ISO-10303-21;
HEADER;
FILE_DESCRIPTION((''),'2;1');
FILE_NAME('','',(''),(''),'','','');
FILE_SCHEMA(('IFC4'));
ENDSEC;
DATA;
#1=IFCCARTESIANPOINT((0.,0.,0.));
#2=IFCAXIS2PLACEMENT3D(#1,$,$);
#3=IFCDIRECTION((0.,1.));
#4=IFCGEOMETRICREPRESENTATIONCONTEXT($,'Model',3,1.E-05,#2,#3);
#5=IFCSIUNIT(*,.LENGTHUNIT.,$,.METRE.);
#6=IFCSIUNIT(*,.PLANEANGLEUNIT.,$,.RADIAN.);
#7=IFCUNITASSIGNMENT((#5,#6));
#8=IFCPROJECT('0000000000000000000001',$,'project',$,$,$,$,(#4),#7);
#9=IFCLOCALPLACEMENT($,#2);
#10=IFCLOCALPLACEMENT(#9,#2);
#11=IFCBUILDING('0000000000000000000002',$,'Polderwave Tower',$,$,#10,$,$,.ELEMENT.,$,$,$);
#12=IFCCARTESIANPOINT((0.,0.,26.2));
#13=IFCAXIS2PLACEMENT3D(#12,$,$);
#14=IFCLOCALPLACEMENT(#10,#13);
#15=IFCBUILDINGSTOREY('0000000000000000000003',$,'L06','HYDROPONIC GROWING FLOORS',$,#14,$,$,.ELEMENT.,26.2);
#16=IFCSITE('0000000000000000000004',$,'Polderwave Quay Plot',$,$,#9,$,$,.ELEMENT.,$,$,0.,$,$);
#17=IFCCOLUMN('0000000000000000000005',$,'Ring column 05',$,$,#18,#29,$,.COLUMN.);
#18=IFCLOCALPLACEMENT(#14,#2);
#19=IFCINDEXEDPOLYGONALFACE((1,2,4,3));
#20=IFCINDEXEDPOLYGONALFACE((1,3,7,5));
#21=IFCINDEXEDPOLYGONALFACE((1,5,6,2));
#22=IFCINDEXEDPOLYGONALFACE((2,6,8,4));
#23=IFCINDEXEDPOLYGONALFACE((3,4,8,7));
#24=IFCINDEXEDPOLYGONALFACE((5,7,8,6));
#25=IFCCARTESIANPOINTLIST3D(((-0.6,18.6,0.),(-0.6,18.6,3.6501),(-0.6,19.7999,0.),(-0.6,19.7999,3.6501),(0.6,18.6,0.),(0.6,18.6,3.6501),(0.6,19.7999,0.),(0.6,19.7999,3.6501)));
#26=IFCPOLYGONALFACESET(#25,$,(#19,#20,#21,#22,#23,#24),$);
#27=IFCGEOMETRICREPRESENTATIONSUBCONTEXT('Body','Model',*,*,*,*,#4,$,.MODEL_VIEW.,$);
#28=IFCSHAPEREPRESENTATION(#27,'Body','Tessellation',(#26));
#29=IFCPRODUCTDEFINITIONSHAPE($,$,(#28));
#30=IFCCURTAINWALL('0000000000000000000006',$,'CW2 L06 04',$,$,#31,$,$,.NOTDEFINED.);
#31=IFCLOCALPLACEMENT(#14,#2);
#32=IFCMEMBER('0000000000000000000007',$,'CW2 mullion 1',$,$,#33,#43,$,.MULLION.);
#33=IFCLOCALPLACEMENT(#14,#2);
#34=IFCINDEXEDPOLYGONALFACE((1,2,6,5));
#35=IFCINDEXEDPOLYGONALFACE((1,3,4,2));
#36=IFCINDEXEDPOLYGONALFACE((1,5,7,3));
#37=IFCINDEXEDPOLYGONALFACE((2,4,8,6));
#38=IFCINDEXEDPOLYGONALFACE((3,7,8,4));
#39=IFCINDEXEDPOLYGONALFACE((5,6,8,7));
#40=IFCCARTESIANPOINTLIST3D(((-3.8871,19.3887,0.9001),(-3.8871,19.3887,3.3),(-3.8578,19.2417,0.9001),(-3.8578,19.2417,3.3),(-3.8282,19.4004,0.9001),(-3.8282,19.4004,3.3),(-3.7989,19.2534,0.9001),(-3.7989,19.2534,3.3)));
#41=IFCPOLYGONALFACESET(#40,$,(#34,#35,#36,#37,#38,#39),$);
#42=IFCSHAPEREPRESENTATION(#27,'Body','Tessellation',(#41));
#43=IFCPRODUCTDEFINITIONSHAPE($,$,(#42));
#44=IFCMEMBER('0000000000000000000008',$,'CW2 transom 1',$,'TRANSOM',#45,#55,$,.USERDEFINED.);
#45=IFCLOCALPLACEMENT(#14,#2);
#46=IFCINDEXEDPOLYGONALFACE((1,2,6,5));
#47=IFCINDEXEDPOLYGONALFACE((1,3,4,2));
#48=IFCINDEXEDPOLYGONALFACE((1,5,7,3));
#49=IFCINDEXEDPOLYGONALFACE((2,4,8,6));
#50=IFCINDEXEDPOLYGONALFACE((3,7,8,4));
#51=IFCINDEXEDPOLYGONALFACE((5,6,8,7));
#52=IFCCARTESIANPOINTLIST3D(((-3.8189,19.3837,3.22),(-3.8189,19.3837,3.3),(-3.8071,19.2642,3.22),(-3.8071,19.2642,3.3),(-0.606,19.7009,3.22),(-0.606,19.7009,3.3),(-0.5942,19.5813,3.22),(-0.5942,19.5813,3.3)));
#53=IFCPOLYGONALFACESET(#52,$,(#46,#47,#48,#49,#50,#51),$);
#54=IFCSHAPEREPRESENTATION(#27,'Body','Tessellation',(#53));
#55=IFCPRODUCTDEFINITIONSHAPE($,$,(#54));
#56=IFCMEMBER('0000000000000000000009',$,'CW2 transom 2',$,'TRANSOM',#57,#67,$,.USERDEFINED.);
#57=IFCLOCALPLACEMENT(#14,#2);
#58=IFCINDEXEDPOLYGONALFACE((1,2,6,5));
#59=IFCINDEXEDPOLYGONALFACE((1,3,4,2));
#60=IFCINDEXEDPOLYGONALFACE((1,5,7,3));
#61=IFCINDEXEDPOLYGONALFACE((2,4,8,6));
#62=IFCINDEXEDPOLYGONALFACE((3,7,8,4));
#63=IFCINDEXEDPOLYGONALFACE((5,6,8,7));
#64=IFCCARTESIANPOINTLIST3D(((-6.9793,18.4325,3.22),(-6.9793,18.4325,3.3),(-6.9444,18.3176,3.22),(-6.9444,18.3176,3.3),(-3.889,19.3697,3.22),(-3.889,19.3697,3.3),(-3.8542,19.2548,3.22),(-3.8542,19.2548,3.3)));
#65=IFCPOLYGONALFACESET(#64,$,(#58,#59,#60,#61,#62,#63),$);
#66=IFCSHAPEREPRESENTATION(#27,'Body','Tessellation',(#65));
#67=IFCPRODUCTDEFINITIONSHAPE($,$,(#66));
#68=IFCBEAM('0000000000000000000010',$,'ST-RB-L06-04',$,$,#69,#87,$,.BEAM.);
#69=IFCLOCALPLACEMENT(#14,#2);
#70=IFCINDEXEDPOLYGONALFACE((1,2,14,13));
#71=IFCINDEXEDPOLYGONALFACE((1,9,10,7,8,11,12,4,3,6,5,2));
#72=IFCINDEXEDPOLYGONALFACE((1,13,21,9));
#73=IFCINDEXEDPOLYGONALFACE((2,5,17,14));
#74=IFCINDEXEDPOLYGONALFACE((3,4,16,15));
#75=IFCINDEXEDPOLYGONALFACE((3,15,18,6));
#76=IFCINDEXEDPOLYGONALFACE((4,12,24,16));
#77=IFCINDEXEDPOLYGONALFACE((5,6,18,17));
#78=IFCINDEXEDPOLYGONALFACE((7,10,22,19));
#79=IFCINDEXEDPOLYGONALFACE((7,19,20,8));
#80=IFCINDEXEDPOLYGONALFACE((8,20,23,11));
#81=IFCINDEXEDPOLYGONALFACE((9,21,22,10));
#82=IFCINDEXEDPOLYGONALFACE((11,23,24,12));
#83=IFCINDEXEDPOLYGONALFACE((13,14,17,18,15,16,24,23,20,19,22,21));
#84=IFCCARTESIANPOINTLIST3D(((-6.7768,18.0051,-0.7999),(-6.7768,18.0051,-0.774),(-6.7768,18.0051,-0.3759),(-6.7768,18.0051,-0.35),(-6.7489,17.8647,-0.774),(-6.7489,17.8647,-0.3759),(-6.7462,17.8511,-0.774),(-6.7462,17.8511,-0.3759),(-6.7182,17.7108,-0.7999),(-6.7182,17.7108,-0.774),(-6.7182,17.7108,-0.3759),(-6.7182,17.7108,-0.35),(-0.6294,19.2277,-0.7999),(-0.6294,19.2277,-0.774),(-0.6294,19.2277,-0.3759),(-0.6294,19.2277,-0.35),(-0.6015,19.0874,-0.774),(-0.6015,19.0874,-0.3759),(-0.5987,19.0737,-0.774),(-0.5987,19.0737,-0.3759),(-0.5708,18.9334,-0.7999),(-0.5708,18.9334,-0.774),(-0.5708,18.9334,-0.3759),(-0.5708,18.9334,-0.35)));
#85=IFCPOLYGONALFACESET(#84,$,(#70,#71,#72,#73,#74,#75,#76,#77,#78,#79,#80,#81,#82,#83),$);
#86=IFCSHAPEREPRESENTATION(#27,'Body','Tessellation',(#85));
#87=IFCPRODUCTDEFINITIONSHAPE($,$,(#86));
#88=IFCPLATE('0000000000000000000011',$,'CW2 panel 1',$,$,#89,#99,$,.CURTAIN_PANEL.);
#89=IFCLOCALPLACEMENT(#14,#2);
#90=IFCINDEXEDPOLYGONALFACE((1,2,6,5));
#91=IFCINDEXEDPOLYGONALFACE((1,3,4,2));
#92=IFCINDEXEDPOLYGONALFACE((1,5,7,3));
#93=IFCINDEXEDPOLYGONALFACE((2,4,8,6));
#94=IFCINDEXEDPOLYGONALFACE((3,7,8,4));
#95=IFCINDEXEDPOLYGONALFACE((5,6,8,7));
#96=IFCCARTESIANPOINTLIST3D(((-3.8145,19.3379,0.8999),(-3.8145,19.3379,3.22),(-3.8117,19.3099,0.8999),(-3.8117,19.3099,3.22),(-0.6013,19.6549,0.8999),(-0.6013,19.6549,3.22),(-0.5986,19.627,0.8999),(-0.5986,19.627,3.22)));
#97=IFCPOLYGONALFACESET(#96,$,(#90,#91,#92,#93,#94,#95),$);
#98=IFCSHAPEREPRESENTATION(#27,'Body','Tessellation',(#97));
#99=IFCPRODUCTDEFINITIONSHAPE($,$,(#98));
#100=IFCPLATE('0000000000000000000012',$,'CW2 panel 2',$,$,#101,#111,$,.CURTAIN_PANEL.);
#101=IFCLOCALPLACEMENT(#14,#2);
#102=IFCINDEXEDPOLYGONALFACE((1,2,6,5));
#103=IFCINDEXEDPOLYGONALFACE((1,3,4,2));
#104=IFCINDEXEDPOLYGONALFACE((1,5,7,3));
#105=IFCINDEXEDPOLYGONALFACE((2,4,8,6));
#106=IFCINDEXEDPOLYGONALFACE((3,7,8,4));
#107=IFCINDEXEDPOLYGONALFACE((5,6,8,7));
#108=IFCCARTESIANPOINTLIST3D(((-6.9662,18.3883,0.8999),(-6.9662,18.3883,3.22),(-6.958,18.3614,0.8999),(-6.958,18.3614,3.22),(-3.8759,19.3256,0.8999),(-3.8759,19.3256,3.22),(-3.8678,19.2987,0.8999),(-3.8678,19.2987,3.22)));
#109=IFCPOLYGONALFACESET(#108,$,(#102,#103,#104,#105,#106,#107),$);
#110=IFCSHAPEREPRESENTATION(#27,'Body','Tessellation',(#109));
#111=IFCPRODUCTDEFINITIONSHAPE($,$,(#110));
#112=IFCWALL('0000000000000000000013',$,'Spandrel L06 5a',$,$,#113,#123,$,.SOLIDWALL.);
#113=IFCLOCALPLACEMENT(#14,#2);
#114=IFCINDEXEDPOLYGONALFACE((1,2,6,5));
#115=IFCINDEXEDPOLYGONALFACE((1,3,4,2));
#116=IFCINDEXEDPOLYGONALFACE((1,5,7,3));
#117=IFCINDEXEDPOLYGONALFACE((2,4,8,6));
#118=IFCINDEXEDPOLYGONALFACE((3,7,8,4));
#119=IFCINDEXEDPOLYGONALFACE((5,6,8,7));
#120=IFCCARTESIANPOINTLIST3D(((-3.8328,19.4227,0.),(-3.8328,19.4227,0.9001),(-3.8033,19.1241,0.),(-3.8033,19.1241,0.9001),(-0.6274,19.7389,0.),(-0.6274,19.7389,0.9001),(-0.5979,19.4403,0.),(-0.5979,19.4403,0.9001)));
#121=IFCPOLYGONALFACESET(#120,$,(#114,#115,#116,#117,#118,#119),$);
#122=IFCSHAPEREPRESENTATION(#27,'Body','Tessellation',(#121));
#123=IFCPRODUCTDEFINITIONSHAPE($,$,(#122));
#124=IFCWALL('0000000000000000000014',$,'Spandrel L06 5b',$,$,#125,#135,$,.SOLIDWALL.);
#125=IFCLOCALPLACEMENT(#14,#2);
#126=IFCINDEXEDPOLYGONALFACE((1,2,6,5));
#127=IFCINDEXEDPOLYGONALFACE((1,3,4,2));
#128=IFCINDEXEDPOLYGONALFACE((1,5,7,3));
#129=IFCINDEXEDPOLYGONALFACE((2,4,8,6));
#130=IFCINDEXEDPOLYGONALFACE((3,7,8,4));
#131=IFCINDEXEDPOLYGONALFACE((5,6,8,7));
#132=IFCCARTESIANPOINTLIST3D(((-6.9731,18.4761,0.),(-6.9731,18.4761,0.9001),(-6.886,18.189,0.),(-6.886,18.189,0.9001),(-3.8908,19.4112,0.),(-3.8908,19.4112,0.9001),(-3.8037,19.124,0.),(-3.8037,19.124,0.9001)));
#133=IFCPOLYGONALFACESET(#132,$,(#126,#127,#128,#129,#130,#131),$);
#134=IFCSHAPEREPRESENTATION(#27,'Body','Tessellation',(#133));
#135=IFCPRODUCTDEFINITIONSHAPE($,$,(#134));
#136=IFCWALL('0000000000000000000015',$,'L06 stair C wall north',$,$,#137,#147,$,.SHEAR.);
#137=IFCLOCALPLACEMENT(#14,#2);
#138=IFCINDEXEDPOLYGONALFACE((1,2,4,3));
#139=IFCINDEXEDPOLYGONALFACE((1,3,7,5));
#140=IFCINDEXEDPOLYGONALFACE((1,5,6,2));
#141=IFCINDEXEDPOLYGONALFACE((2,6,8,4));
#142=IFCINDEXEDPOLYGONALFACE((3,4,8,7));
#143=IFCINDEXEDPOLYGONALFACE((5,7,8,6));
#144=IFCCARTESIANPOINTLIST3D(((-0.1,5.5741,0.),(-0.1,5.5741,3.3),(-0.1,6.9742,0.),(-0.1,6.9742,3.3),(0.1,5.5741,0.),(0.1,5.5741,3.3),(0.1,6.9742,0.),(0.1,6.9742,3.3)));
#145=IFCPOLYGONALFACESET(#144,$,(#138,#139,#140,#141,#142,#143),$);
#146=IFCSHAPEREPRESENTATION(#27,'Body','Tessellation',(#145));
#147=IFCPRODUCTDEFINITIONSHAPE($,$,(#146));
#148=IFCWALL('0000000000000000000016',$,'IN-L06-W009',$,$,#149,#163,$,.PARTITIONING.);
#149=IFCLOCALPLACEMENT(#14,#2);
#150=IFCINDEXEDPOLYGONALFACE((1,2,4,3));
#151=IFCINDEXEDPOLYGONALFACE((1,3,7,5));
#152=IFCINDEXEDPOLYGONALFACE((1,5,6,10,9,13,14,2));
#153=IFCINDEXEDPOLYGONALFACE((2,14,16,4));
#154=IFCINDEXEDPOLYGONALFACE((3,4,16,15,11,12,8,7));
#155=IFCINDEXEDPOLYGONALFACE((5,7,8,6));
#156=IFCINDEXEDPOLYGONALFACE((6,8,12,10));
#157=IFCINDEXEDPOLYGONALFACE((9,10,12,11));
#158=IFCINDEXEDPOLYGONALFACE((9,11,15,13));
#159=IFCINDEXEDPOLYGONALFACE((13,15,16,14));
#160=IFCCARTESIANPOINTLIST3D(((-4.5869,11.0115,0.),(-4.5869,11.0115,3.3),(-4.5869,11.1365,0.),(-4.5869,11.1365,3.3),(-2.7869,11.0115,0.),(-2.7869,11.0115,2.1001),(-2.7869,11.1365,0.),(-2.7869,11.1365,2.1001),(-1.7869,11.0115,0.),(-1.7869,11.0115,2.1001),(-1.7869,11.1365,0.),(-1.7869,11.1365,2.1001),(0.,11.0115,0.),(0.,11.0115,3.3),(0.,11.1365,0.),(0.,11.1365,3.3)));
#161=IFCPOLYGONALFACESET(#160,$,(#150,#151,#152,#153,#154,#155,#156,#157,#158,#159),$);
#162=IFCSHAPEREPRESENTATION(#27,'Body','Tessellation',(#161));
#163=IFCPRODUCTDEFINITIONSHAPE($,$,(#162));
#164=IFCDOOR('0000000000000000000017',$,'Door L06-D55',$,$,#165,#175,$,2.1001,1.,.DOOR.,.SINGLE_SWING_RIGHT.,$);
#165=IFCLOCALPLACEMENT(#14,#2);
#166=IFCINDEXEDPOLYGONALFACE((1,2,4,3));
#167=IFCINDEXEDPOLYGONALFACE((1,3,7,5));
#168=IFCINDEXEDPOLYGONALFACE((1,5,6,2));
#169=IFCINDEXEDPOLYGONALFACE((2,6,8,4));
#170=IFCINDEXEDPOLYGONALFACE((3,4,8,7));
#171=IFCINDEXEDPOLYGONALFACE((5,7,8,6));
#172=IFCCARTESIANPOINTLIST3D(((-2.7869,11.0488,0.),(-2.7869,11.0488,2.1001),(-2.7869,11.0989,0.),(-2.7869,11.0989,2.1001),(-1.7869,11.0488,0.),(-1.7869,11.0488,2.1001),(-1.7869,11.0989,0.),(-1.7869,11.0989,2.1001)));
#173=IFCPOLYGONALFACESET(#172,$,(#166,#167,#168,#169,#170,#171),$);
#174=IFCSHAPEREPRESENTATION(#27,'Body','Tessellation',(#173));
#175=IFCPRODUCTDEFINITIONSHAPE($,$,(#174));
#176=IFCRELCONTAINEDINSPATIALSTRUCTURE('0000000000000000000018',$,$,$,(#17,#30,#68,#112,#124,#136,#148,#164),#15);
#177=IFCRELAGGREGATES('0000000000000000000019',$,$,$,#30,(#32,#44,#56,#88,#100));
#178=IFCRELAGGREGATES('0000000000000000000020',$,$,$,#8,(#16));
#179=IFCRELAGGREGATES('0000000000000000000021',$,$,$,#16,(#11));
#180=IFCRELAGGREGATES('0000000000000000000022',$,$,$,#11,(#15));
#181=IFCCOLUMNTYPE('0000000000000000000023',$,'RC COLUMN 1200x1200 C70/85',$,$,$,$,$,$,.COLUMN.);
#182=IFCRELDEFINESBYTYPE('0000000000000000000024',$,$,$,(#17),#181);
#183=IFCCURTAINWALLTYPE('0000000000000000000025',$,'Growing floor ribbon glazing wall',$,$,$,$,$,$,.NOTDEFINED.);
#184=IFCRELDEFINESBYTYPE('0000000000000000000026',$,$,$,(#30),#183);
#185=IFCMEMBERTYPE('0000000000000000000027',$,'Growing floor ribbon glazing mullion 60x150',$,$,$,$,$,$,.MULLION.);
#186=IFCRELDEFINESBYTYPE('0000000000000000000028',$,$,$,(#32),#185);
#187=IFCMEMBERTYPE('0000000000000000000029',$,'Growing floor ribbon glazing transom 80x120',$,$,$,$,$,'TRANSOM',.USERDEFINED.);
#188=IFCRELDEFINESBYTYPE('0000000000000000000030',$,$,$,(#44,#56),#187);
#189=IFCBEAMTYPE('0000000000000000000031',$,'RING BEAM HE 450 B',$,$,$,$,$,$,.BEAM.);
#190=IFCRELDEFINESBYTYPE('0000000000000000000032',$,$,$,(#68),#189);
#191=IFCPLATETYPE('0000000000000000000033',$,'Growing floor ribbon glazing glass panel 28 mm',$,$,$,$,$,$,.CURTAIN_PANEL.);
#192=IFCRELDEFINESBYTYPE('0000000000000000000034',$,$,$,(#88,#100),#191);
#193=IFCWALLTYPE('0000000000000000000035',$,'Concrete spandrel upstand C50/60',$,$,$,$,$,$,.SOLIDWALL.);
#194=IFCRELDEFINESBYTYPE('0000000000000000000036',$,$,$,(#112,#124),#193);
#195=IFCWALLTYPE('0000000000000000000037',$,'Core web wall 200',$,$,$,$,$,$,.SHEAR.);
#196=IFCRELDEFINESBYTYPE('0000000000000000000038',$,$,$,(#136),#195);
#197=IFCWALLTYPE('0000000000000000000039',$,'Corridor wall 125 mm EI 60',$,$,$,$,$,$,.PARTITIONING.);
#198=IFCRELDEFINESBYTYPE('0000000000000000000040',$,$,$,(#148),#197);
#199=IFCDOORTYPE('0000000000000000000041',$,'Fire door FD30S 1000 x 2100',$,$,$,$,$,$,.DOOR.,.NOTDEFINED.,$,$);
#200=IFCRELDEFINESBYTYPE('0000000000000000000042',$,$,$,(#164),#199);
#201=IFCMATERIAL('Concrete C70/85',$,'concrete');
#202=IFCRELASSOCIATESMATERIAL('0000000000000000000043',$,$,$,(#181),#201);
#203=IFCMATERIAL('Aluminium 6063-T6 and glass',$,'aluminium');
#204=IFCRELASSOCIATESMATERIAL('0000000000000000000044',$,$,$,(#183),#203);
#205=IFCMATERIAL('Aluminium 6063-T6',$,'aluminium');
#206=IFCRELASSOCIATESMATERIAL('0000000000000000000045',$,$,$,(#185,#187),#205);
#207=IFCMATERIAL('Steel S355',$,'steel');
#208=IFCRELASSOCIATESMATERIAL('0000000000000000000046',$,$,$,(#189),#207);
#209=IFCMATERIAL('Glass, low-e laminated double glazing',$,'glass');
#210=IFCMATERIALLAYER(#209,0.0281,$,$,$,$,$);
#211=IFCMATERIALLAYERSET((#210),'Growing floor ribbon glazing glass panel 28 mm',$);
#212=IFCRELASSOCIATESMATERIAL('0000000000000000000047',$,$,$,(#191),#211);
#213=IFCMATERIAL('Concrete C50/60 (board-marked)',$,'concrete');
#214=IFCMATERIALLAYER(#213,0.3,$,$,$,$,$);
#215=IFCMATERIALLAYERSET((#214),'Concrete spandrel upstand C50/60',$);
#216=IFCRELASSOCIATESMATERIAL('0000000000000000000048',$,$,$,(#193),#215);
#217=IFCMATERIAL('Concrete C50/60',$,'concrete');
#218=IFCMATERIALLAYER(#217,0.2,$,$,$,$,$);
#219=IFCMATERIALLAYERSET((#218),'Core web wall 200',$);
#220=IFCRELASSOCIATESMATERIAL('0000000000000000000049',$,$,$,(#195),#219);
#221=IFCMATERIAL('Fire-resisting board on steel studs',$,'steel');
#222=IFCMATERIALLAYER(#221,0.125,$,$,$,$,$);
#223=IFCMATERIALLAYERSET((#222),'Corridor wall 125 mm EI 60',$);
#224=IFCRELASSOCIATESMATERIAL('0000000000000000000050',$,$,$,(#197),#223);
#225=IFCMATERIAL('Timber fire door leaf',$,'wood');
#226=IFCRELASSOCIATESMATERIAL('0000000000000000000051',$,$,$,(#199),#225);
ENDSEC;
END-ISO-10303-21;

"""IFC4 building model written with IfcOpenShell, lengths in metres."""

from ifc_helpers import new_model, si_unit, direction, frame, frame_2d, origin, origin_2d, place, context, subcontext, project, spatial, rectangle, i_section, extrude, material, layer, layer_set, material_profile, profile_set, type_object, element, fill, aggregate, save


model = new_model("IFC4")

# Units and contexts
model_context = context("Model", 3, precision=1e-05, world=origin(), true_north=direction((0.0, 1.0)))
body_context = subcontext(model_context, "Body", "Model", "MODEL_VIEW")
ifc_project = project(units=[si_unit("LENGTHUNIT", "METRE"), si_unit("PLANEANGLEUNIT", "RADIAN")], contexts=[model_context])

# Site, building, storey
site_placement = place(None, origin())
site = spatial("IfcSite", under=ifc_project, at=site_placement, Name="Polderwave Quay Plot", CompositionType="ELEMENT", RefElevation=0.0)
building_placement = place(site_placement, origin())
building = spatial("IfcBuilding", under=site, at=building_placement, Name="Polderwave Tower", CompositionType="ELEMENT")
storey_placement = place(building_placement, frame((0.0, 0.0, 26.2)))
storey = spatial("IfcBuildingStorey", under=building, at=storey_placement, Name="L06", Description="HYDROPONIC GROWING FLOORS", CompositionType="ELEMENT", Elevation=26.2)

# Column
ifc_material_1 = material(Name="Concrete C70/85", Category="concrete")
ifc_material_profile_1 = material_profile(ifc_material_1, rectangle(XDim=1.2, YDim=1.2, at=origin_2d()), Name="RC 1200x1200")
ifc_profile_set_1 = profile_set([ifc_material_profile_1], Name="Concrete C70/85")
column_type = type_object("IfcColumnType", Name="RC COLUMN 1200x1200 C70/85", PredefinedType="COLUMN", material=ifc_profile_set_1)
column_placement = place(storey_placement, frame((0.0, 19.2, 0.0), z_axis=(0.0, 0.0, 1.0), x_axis=(0.0, 1.0, 0.0)))
element("IfcColumn", 1, at=column_placement, inside=storey, type_object=column_type, Name="Ring column 05", PredefinedType="COLUMN", context=body_context, shape_type="SweptSolid", body=[
    extrude(rectangle(XDim=1.2, YDim=1.2, at=origin_2d()), origin(), (0.0, 0.0, 1.0), 3.6501),
])

# Curtain wall, members
ifc_material_2 = material(Name="Aluminium 6063-T6 and glass", Category="aluminium")
curtain_wall_type = type_object("IfcCurtainWallType", Name="Growing floor ribbon glazing wall", PredefinedType="NOTDEFINED", material=ifc_material_2)
curtain_wall_placement = place(storey_placement, origin())
curtain_wall = element("IfcCurtainWall", 2, at=curtain_wall_placement, inside=storey, type_object=curtain_wall_type, Name="CW2 L06 04", PredefinedType="NOTDEFINED")
ifc_material_3 = material(Name="Aluminium 6063-T6", Category="aluminium")
ifc_material_profile_2 = material_profile(ifc_material_3, rectangle(XDim=0.1499, YDim=0.0601, at=origin_2d()), Name="AL 60x150")
ifc_profile_set_2 = profile_set([ifc_material_profile_2], Name="Aluminium 6063-T6")
member_type_1 = type_object("IfcMemberType", Name="Growing floor ribbon glazing mullion 60x150", PredefinedType="MULLION", material=ifc_profile_set_2)
member_1_placement = place(storey_placement, frame((-3.843, 19.321, 0.9001), z_axis=(0.0, 0.0, 1.0), x_axis=(0.195159, -0.980772, 0.0)))
member_1 = element("IfcMember", 3, at=member_1_placement, type_object=member_type_1, Name="CW2 mullion 1", PredefinedType="MULLION", context=body_context, shape_type="SweptSolid", body=[
    extrude(rectangle(XDim=0.1499, YDim=0.0601, at=origin_2d()), origin(), (0.0, 0.0, 1.0), 2.3999),
])
ifc_material_profile_3 = material_profile(ifc_material_3, rectangle(XDim=0.1201, YDim=0.0801, at=origin_2d()), Name="AL 80x120")
ifc_profile_set_3 = profile_set([ifc_material_profile_3], Name="Aluminium 6063-T6")
member_type_2 = type_object("IfcMemberType", Name="Growing floor ribbon glazing transom 80x120", ElementType="TRANSOM", PredefinedType="USERDEFINED", material=ifc_profile_set_3)
member_2_placement = place(storey_placement, frame((-0.6001, 19.6411, 3.26), z_axis=(-0.995164, -0.098231, 0.0), x_axis=(0.098231, -0.995164, 0.0)))
member_2 = element("IfcMember", 4, at=member_2_placement, type_object=member_type_2, Name="CW2 transom 1", ObjectType="TRANSOM", PredefinedType="USERDEFINED", context=body_context, shape_type="SweptSolid", body=[
    extrude(rectangle(XDim=0.1201, YDim=0.0801, at=origin_2d()), origin(), (0.0, 0.0, 1.0), 3.2285),
])
member_3_placement = place(storey_placement, frame((-3.8716, 19.3123, 3.26), z_axis=(-0.956956, -0.290232, 0.0), x_axis=(0.290232, -0.956956, 0.0)))
member_3 = element("IfcMember", 5, at=member_3_placement, type_object=member_type_2, Name="CW2 transom 2", ObjectType="TRANSOM", PredefinedType="USERDEFINED", context=body_context, shape_type="SweptSolid", body=[
    extrude(rectangle(XDim=0.1201, YDim=0.0801, at=origin_2d()), origin(), (0.0, 0.0, 1.0), 3.2292),
])

# Beam
ifc_material_4 = material(Name="Steel S355", Category="steel")
ifc_material_profile_4 = material_profile(ifc_material_4, i_section(OverallWidth=0.3, OverallDepth=0.45, WebThickness=0.0139, FlangeThickness=0.0259, at=origin_2d()), Name="HE 450 B")
ifc_profile_set_4 = profile_set([ifc_material_profile_4], Name="Steel S355")
beam_type = type_object("IfcBeamType", Name="RING BEAM HE 450 B", PredefinedType="BEAM", material=ifc_profile_set_4)
beam_placement = place(storey_placement, frame((-0.6001, 19.0806, -0.575), z_axis=(-0.98079, -0.195067, 0.0), x_axis=(0.195067, -0.98079, 0.0)))
element("IfcBeam", 6, at=beam_placement, inside=storey, type_object=beam_type, Name="ST-RB-L06-04", PredefinedType="BEAM", context=body_context, shape_type="SweptSolid", body=[
    extrude(i_section(OverallWidth=0.3, OverallDepth=0.45, WebThickness=0.0139, FlangeThickness=0.0259, at=origin_2d()), origin(), (0.0, 0.0, 1.0), 6.2678),
])

# Plates
ifc_material_5 = material(Name="Glass, low-e laminated double glazing", Category="glass")
ifc_layer_1 = layer(ifc_material_5, 0.0281)
ifc_layer_set_1 = layer_set([ifc_layer_1], Name="Growing floor ribbon glazing glass panel 28 mm")
plate_type = type_object("IfcPlateType", Name="Growing floor ribbon glazing glass panel 28 mm", PredefinedType="CURTAIN_PANEL", material=ifc_layer_set_1)
plate_1_placement = place(storey_placement, frame((-2.2065, 19.4824, 0.8999), z_axis=(0.0, 0.0, 1.0), x_axis=(-0.995167, -0.098198, 0.0)))
plate_1 = element("IfcPlate", 7, at=plate_1_placement, type_object=plate_type, Name="CW2 panel 1", PredefinedType="CURTAIN_PANEL", context=body_context, shape_type="SweptSolid", body=[
    extrude(rectangle(XDim=3.2288, YDim=0.0281, at=origin_2d()), origin(), (0.0, 0.0, 1.0), 2.3201),
])
plate_2_placement = place(storey_placement, frame((-5.417, 18.8435, 0.8999), z_axis=(0.0, 0.0, 1.0), x_axis=(-0.956952, -0.290246, 0.0)))
plate_2 = element("IfcPlate", 8, at=plate_2_placement, type_object=plate_type, Name="CW2 panel 2", PredefinedType="CURTAIN_PANEL", context=body_context, shape_type="SweptSolid", body=[
    extrude(rectangle(XDim=3.2292, YDim=0.0281, at=origin_2d()), origin(), (0.0, 0.0, 1.0), 2.3201),
])
aggregate(curtain_wall, [member_1, member_2, member_3, plate_1, plate_2])

# Walls
ifc_material_6 = material(Name="Concrete C50/60 (board-marked)", Category="concrete")
ifc_layer_2 = layer(ifc_material_6, 0.3)
ifc_layer_set_2 = layer_set([ifc_layer_2], Name="Concrete spandrel upstand C50/60")
wall_type_1 = type_object("IfcWallType", Name="Concrete spandrel upstand C50/60", PredefinedType="SOLIDWALL", material=ifc_layer_set_2)
for number, where, z_axis, x_axis, name in (
    (9, (-0.6128, 19.5896, 0.0), (0.0, 0.0, 1.0), (-0.995171, -0.09816, 0.0), "Spandrel L06 5a"),
    (10, (-3.8474, 19.2676, 0.0), (0.0, 0.0, 1.0), (-0.956935, -0.290302, 0.0), "Spandrel L06 5b"),
):
    element("IfcWall", number, at=place(storey_placement, frame(where, z_axis=z_axis, x_axis=x_axis)), inside=storey, type_object=wall_type_1, Name=name, PredefinedType="SOLIDWALL", context=body_context, shape_type="SweptSolid", body=[
        extrude(rectangle(XDim=3.2209, YDim=0.3, at=frame_2d((1.6104, 0.0))), origin(), (0.0, 0.0, 1.0), 0.9001),
    ])
ifc_material_7 = material(Name="Concrete C50/60", Category="concrete")
ifc_layer_3 = layer(ifc_material_7, 0.2)
ifc_layer_set_3 = layer_set([ifc_layer_3], Name="Core web wall 200")
wall_type_2 = type_object("IfcWallType", Name="Core web wall 200", PredefinedType="SHEAR", material=ifc_layer_set_3)
wall_1_placement = place(storey_placement, frame((0.0, 5.574, 0.0), z_axis=(0.0, 0.0, 1.0), x_axis=(0.0, 1.0, 0.0)))
element("IfcWall", 11, at=wall_1_placement, inside=storey, type_object=wall_type_2, Name="L06 stair C wall north", PredefinedType="SHEAR", context=body_context, shape_type="SweptSolid", body=[
    extrude(rectangle(XDim=1.4001, YDim=0.2, at=frame_2d((0.7002, 0.0))), origin(), (0.0, 0.0, 1.0), 3.3),
])

# Wall, opening, door
ifc_material_8 = material(Name="Fire-resisting board on steel studs", Category="steel")
ifc_layer_4 = layer(ifc_material_8, 0.125)
ifc_layer_set_4 = layer_set([ifc_layer_4], Name="Corridor wall 125 mm EI 60")
wall_type_3 = type_object("IfcWallType", Name="Corridor wall 125 mm EI 60", PredefinedType="PARTITIONING", material=ifc_layer_set_4)
wall_2_placement = place(storey_placement, frame((-4.5869, 11.074, 0.0), z_axis=(0.0, 0.0, 1.0), x_axis=(1.0, 0.0, 0.0)))
wall_2 = element("IfcWall", 12, at=wall_2_placement, inside=storey, type_object=wall_type_3, Name="IN-L06-W009", PredefinedType="PARTITIONING", context=body_context, shape_type="SweptSolid", body=[
    extrude(rectangle(XDim=4.5869, YDim=0.125, at=frame_2d((2.2935, 0.0))), origin(), (0.0, 0.0, 1.0), 3.3),
])
opening_placement = place(wall_2_placement, frame((1.8, 0.0, 0.0)))
opening = element("IfcOpeningElement", 13, at=opening_placement, cuts=wall_2, PredefinedType="OPENING", context=body_context, shape_type="SweptSolid", body=[
    extrude(rectangle(XDim=1.0, YDim=2.1001, at=frame_2d((0.5, 1.05))), frame((0.0, 0.0725, 0.0), z_axis=(0.0, -1.0, 0.0), x_axis=(1.0, 0.0, 0.0)), (0.0, 0.0, 1.0), 0.145),
])
ifc_material_9 = material(Name="Timber fire door leaf", Category="wood")
door_type = type_object("IfcDoorType", Name="Fire door FD30S 1000 x 2100", OperationType="NOTDEFINED", PredefinedType="DOOR", material=ifc_material_9)
door_placement = place(opening_placement, origin())
door = element("IfcDoor", 14, at=door_placement, inside=storey, type_object=door_type, Name="Door L06-D55", OperationType="SINGLE_SWING_RIGHT", OverallHeight=2.1001, OverallWidth=1.0, PredefinedType="DOOR", context=body_context, shape_type="SweptSolid", body=[
    extrude(rectangle(XDim=1.0, YDim=2.1001, at=frame_2d((0.5, 1.05))), frame((0.0, 0.0249, 0.0), z_axis=(0.0, -1.0, 0.0), x_axis=(1.0, 0.0, 0.0)), (0.0, 0.0, 1.0), 0.05),
])
fill(opening, door)

save(model, "model.ifc")
